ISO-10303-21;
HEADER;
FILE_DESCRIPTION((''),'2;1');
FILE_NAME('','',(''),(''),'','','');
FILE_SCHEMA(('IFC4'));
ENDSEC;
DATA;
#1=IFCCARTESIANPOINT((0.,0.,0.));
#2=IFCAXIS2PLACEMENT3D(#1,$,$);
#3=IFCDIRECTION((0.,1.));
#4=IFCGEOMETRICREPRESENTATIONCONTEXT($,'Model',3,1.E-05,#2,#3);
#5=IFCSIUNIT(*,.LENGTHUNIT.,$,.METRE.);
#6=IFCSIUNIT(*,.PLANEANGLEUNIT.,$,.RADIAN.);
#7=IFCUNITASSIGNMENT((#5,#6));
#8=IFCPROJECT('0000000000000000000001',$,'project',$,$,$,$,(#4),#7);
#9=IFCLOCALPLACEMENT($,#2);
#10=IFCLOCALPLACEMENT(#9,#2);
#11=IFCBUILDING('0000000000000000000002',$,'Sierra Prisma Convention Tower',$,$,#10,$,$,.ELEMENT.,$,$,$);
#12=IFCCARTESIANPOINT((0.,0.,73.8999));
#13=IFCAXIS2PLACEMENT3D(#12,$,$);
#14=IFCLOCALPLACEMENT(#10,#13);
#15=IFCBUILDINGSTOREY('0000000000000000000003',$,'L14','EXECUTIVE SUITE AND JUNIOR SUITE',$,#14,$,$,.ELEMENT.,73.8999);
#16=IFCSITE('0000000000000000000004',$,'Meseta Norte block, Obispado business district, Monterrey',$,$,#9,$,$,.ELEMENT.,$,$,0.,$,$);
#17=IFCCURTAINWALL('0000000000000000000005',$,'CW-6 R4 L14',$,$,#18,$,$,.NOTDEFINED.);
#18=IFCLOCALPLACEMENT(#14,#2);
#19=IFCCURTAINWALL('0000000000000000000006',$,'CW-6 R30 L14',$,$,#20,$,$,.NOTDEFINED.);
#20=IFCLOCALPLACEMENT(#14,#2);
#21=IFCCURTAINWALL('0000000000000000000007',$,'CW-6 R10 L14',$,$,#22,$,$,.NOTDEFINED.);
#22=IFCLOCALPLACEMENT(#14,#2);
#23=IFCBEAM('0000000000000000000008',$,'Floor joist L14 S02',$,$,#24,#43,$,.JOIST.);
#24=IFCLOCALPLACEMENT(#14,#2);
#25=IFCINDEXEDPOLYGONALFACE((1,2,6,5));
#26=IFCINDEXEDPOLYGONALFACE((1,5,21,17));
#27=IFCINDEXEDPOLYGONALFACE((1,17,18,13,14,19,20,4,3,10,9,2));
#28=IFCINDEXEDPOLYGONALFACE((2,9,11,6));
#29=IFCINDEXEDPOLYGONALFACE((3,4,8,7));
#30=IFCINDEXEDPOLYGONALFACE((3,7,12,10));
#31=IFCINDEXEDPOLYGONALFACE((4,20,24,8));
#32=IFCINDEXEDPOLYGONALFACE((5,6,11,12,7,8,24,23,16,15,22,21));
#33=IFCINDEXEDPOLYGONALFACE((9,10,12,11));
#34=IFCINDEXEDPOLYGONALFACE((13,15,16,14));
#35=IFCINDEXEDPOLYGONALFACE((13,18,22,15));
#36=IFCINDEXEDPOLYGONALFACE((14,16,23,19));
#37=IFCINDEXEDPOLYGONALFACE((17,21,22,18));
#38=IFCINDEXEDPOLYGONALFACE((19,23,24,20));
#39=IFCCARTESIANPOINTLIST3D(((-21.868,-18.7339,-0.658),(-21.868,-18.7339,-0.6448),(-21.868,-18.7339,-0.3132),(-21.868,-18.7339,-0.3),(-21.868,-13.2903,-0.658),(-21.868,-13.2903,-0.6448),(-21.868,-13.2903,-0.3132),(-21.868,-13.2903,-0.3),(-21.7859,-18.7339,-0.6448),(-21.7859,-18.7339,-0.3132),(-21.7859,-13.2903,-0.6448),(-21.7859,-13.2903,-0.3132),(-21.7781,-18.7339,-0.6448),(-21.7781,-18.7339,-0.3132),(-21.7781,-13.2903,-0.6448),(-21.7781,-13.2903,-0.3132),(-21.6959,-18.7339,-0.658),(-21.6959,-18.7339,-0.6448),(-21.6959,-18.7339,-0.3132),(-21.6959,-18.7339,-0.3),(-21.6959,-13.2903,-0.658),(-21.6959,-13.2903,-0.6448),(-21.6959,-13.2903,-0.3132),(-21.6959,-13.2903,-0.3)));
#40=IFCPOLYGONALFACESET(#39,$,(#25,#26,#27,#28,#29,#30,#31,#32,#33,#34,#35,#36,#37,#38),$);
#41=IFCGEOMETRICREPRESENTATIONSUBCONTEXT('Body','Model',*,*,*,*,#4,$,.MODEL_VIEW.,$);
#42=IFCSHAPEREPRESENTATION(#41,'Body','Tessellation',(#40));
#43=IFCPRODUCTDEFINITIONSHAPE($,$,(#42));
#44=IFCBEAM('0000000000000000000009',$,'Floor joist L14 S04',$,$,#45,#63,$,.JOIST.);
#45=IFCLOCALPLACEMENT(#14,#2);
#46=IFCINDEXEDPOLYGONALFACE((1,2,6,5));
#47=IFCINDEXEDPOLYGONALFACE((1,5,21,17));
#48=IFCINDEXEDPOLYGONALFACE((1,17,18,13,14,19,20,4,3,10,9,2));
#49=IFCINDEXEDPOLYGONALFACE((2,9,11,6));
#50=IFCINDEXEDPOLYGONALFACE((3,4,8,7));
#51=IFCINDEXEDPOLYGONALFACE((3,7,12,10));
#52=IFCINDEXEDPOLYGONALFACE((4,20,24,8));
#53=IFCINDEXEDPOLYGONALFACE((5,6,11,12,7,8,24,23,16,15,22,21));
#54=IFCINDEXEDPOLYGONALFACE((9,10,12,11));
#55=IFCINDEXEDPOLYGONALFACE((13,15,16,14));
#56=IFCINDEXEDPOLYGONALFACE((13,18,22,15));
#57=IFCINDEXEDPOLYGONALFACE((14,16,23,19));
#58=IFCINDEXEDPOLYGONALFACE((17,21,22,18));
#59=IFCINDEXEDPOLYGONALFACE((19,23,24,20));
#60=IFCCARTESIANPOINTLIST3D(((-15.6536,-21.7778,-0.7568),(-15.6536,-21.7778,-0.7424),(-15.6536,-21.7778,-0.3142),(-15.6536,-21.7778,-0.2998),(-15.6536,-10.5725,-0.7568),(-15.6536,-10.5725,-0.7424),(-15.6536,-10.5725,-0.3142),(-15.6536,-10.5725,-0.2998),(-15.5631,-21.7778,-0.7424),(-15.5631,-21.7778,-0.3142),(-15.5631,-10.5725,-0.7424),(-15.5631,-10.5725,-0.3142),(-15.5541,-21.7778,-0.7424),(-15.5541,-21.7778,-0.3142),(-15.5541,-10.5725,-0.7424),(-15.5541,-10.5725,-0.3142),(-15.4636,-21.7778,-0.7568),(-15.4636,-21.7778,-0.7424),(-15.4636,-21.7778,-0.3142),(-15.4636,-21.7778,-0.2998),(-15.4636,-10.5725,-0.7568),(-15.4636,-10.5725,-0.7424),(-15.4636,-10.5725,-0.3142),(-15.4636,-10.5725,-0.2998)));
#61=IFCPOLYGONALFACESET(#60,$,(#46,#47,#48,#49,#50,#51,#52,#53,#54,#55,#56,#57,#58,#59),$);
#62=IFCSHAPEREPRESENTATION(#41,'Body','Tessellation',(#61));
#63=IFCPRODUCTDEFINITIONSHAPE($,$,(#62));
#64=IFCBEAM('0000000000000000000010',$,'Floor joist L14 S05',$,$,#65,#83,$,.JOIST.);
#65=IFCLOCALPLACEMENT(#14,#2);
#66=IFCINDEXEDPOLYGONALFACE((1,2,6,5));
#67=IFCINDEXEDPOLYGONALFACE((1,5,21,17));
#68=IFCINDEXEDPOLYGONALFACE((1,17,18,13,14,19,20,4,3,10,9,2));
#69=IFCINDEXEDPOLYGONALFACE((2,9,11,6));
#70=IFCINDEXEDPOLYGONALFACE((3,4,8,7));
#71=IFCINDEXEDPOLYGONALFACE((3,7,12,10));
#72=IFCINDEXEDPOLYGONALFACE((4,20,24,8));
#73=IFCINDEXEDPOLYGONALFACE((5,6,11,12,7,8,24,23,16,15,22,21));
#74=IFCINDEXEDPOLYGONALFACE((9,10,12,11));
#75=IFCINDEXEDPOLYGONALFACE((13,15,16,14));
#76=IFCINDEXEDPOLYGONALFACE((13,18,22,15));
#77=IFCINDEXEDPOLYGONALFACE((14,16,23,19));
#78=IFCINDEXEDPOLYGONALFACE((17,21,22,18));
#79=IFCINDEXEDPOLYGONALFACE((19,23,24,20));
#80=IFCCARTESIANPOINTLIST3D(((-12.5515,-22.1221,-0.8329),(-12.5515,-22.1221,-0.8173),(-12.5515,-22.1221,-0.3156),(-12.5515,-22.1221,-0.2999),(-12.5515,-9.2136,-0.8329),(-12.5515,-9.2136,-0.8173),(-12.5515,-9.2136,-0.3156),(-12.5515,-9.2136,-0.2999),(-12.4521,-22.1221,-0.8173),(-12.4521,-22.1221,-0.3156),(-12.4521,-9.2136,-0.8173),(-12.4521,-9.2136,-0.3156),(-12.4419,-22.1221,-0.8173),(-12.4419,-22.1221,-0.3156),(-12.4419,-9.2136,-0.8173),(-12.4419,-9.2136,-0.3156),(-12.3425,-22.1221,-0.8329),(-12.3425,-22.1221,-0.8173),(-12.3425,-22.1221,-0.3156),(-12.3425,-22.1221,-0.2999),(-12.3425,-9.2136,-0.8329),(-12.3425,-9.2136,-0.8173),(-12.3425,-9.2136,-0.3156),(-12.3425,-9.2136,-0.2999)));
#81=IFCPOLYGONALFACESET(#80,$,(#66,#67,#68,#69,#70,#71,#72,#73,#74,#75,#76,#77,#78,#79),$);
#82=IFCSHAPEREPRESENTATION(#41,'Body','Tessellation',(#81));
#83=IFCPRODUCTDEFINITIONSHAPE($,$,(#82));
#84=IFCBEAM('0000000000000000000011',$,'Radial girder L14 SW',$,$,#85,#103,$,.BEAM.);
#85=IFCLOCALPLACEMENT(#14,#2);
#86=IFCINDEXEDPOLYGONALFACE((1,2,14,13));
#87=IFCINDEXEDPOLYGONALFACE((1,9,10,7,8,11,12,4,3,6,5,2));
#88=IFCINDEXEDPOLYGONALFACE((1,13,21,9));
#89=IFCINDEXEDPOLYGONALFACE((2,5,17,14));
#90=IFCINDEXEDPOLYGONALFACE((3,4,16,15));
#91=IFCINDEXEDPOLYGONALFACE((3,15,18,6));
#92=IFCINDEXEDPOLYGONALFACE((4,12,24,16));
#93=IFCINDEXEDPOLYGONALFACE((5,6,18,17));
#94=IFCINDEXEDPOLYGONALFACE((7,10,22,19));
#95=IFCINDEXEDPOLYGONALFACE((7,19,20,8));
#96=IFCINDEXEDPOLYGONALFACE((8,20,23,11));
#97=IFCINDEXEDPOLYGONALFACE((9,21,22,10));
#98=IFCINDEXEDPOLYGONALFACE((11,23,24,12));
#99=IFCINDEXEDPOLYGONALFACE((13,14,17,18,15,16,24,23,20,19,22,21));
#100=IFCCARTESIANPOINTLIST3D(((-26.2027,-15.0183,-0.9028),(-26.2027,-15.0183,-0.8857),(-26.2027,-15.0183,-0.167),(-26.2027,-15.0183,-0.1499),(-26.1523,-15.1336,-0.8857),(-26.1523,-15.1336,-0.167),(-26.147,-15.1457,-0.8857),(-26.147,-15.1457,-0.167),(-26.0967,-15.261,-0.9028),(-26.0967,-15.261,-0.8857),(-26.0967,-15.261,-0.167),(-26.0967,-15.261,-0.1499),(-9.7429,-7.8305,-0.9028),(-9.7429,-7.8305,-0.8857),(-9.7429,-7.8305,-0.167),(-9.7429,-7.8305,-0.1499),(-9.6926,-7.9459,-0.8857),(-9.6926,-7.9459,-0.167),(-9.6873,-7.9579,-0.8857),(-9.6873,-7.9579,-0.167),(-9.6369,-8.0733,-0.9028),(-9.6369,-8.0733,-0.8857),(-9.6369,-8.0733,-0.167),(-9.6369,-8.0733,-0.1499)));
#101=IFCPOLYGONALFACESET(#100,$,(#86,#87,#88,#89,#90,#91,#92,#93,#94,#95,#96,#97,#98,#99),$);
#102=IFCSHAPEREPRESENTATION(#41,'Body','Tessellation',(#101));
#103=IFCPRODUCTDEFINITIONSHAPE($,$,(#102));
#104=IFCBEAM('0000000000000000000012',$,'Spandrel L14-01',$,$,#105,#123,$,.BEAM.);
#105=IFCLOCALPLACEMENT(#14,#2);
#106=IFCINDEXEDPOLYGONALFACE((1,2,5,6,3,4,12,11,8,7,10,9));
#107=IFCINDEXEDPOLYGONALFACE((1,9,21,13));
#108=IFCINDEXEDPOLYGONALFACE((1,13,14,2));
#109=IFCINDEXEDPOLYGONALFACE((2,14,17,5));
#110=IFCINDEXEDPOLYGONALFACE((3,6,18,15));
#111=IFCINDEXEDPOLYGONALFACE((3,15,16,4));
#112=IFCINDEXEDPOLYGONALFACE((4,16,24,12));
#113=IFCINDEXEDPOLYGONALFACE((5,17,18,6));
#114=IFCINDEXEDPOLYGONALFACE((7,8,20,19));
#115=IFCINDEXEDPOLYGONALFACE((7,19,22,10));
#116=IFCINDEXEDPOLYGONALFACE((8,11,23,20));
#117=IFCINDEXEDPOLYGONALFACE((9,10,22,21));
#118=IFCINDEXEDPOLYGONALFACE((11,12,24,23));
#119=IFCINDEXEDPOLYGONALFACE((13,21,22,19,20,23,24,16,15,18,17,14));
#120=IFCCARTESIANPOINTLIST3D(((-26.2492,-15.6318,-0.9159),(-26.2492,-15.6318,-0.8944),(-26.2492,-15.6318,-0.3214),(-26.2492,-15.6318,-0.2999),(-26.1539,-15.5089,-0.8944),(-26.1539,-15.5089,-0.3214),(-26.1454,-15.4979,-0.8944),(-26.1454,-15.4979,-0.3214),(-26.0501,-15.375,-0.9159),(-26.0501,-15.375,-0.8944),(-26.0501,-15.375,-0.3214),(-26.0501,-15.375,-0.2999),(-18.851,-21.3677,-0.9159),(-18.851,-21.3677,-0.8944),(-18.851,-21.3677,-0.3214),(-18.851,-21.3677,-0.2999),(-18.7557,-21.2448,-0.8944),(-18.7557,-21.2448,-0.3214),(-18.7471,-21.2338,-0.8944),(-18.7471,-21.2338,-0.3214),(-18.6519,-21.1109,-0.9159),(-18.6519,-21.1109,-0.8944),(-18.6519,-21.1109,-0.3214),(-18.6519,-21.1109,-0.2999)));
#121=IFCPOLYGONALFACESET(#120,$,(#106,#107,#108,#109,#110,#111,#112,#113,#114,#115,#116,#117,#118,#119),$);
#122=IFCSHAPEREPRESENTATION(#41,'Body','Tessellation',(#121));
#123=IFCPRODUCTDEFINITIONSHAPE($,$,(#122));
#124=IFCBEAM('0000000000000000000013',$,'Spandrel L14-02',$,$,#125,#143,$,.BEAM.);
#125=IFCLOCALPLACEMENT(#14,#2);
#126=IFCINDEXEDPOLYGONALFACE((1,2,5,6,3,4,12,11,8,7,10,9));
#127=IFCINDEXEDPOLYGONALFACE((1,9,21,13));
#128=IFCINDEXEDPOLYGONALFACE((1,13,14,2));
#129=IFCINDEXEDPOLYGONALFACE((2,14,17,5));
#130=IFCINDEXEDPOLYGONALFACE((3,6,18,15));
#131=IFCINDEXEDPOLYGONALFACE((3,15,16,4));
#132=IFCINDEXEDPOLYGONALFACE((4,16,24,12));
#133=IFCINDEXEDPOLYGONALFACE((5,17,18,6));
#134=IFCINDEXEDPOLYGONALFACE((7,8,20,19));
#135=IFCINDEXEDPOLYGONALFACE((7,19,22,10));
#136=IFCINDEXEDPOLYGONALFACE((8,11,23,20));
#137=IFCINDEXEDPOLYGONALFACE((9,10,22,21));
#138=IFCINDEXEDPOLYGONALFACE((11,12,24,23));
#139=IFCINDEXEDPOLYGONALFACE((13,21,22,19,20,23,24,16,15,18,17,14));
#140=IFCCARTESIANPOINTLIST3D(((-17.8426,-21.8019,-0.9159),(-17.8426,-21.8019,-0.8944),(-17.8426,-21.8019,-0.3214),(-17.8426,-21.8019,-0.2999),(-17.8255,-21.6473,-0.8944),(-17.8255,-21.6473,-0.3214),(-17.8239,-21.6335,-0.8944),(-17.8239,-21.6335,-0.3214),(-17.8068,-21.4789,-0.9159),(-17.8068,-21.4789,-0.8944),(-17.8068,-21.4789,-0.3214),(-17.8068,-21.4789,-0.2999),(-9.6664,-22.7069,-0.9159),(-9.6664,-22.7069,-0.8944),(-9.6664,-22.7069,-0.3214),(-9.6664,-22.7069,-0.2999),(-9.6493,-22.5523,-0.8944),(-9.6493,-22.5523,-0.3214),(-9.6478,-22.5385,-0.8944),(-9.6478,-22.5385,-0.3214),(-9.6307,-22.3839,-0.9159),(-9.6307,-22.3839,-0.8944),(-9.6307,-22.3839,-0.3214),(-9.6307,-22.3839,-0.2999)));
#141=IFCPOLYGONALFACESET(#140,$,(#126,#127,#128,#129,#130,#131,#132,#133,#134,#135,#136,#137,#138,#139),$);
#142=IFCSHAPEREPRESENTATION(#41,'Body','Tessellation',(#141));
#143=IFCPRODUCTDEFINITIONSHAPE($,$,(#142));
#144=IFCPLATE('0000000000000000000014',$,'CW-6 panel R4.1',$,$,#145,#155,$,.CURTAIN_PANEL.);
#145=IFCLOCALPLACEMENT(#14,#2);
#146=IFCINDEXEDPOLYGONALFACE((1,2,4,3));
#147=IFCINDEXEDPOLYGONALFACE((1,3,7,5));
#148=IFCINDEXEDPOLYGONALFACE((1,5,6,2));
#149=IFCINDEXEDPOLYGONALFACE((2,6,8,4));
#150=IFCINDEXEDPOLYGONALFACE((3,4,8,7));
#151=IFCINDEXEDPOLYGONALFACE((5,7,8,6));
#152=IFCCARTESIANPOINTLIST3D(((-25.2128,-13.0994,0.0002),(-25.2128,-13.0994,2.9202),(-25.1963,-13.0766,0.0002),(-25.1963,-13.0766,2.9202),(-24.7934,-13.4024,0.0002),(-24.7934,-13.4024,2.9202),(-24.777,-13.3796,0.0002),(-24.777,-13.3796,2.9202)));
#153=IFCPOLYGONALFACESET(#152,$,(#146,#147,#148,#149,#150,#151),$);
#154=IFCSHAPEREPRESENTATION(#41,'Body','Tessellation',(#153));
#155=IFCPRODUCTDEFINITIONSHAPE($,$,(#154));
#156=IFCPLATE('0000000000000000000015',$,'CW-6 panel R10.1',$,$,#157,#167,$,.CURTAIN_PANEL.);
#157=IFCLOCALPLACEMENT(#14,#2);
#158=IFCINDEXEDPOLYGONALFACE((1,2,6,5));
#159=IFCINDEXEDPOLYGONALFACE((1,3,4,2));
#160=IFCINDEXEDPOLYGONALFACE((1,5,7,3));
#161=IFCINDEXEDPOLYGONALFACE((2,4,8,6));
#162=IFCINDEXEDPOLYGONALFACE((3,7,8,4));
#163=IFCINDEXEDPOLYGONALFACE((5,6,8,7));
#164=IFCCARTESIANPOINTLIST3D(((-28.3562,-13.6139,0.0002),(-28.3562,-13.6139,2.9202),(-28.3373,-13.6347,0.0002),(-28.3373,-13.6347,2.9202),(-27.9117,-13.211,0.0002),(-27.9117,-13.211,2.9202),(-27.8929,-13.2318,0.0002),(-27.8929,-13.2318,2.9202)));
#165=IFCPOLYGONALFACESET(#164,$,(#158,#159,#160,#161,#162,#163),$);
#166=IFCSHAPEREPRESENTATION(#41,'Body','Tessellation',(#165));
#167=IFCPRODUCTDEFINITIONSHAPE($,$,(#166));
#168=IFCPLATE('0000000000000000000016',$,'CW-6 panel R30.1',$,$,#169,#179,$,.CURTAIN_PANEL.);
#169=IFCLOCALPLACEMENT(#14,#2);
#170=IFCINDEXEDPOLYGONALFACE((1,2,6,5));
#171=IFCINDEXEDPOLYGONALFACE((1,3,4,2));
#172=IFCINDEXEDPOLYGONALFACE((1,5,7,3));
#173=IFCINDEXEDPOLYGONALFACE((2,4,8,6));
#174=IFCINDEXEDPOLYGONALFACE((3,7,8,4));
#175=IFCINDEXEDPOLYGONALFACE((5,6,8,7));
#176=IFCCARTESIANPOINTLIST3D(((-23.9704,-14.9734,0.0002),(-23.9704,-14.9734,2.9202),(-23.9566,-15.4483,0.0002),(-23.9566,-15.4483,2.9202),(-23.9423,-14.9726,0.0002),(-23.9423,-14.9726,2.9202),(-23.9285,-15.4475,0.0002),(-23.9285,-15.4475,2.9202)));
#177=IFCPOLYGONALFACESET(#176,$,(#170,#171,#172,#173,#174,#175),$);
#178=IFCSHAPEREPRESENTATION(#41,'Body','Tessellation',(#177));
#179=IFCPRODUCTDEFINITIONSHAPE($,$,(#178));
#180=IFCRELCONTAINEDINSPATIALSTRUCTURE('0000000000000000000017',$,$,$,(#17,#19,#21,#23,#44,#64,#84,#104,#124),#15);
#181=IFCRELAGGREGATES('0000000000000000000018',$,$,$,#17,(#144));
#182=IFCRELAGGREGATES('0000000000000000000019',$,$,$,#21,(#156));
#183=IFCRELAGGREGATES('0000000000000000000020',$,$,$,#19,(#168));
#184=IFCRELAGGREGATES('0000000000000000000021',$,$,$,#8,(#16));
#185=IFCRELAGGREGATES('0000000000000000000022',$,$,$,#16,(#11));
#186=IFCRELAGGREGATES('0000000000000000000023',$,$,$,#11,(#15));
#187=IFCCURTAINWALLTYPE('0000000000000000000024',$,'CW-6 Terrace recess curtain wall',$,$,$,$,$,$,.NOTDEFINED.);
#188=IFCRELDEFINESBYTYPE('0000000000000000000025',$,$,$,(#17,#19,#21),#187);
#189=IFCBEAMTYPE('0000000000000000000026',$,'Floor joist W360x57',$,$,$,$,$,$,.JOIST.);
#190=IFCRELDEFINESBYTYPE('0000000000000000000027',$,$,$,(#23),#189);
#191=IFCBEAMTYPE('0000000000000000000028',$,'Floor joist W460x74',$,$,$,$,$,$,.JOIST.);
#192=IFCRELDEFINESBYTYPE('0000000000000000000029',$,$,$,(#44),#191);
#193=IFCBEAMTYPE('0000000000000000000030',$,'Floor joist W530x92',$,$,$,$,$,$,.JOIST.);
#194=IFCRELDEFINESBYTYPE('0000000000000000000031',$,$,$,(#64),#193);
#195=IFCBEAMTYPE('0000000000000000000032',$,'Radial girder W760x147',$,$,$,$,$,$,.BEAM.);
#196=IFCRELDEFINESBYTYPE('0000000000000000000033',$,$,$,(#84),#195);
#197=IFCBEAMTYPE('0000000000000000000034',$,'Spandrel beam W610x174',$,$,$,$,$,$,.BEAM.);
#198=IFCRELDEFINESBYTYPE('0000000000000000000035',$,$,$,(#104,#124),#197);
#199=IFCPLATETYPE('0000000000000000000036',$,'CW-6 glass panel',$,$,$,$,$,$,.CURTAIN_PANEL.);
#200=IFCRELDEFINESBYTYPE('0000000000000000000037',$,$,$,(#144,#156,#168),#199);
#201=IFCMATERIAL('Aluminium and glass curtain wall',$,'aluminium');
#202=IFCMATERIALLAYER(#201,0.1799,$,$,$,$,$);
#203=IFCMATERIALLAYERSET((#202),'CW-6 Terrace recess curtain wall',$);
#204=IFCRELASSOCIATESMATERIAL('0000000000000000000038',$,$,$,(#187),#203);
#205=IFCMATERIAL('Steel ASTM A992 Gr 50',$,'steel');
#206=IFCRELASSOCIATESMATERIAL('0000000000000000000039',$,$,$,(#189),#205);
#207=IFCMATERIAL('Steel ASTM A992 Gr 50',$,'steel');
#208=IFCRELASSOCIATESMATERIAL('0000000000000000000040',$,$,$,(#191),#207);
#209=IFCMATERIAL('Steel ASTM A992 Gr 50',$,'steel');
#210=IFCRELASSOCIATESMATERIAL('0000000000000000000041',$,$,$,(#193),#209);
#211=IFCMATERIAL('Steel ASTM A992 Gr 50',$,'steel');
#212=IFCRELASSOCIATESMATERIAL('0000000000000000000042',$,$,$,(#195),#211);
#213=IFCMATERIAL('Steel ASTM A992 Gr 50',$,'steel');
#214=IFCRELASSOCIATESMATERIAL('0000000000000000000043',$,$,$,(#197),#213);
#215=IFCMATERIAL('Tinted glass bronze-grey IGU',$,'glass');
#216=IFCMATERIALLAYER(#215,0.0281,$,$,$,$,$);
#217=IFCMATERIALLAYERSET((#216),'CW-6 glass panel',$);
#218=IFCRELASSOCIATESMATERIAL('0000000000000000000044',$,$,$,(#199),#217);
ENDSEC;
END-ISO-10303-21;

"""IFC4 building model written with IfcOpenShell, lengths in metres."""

from ifc_helpers import new_model, si_unit, direction, frame, origin, origin_2d, place, context, subcontext, project, spatial, rectangle, i_section, extrude, material, layer, layer_set, material_profile, profile_set, type_object, element, aggregate, save


model = new_model("IFC4")

# Units and contexts
model_context = context("Model", 3, precision=1e-05, world=origin(), true_north=direction((0.0, 1.0)))
body_context = subcontext(model_context, "Body", "Model", "MODEL_VIEW")
ifc_project = project(units=[si_unit("LENGTHUNIT", "METRE"), si_unit("PLANEANGLEUNIT", "RADIAN")], contexts=[model_context])

# Site, building, storey
site_placement = place(None, origin())
site = spatial("IfcSite", under=ifc_project, at=site_placement, Name="Meseta Norte block, Obispado business district, Monterrey", CompositionType="ELEMENT", RefElevation=0.0)
building_placement = place(site_placement, origin())
building = spatial("IfcBuilding", under=site, at=building_placement, Name="Sierra Prisma Convention Tower", CompositionType="ELEMENT")
storey_placement = place(building_placement, frame((0.0, 0.0, 73.8999)))
storey = spatial("IfcBuildingStorey", under=building, at=storey_placement, Name="L14", Description="EXECUTIVE SUITE AND JUNIOR SUITE", CompositionType="ELEMENT", Elevation=73.8999)

# Curtain walls
ifc_material_1 = material(Name="Aluminium and glass curtain wall", Category="aluminium")
ifc_layer_1 = layer(ifc_material_1, 0.1799)
ifc_layer_set_1 = layer_set([ifc_layer_1], Name="CW-6 Terrace recess curtain wall")
curtain_wall_type = type_object("IfcCurtainWallType", Name="CW-6 Terrace recess curtain wall", PredefinedType="NOTDEFINED", material=ifc_layer_set_1)
curtain_wall_1_placement = place(storey_placement, origin())
curtain_wall_1 = element("IfcCurtainWall", 1, at=curtain_wall_1_placement, inside=storey, type_object=curtain_wall_type, Name="CW-6 R4 L14", PredefinedType="NOTDEFINED")
curtain_wall_2_placement = place(storey_placement, origin())
curtain_wall_2 = element("IfcCurtainWall", 2, at=curtain_wall_2_placement, inside=storey, type_object=curtain_wall_type, Name="CW-6 R30 L14", PredefinedType="NOTDEFINED")

# Curtain wall
curtain_wall_3_placement = place(storey_placement, origin())
curtain_wall_3 = element("IfcCurtainWall", 3, at=curtain_wall_3_placement, inside=storey, type_object=curtain_wall_type, Name="CW-6 R10 L14", PredefinedType="NOTDEFINED")

# Beams
ifc_material_2 = material(Name="Steel ASTM A992 Gr 50", Category="steel")
ifc_material_profile_1 = material_profile(ifc_material_2, i_section(OverallWidth=0.1721, OverallDepth=0.3579, WebThickness=0.0078, FlangeThickness=0.0132, at=origin_2d()), Name="W360x57")
ifc_profile_set_1 = profile_set([ifc_material_profile_1], Name="Steel ASTM A992 Gr 50")
beam_type_1 = type_object("IfcBeamType", Name="Floor joist W360x57", PredefinedType="JOIST", material=ifc_profile_set_1)
beam_1_placement = place(storey_placement, frame((-21.782, -18.7339, -0.479), z_axis=(0.0, 1.0, 0.0), x_axis=(-1.0, 0.0, 0.0)))
element("IfcBeam", 4, at=beam_1_placement, inside=storey, type_object=beam_type_1, Name="Floor joist L14 S02", PredefinedType="JOIST", context=body_context, shape_type="SweptSolid", body=[
    extrude(i_section(OverallWidth=0.1721, OverallDepth=0.3579, WebThickness=0.0078, FlangeThickness=0.0132, at=origin_2d()), origin(), (0.0, 0.0, 1.0), 5.4436),
])
ifc_material_3 = material(Name="Steel ASTM A992 Gr 50", Category="steel")
ifc_material_profile_2 = material_profile(ifc_material_3, i_section(OverallWidth=0.1899, OverallDepth=0.457, WebThickness=0.009, FlangeThickness=0.0144, at=origin_2d()), Name="W460x74")
ifc_profile_set_2 = profile_set([ifc_material_profile_2], Name="Steel ASTM A992 Gr 50")
beam_type_2 = type_object("IfcBeamType", Name="Floor joist W460x74", PredefinedType="JOIST", material=ifc_profile_set_2)
beam_2_placement = place(storey_placement, frame((-15.5586, -21.7778, -0.5283), z_axis=(0.0, 1.0, 0.0), x_axis=(-1.0, 0.0, 0.0)))
element("IfcBeam", 5, at=beam_2_placement, inside=storey, type_object=beam_type_2, Name="Floor joist L14 S04", PredefinedType="JOIST", context=body_context, shape_type="SweptSolid", body=[
    extrude(i_section(OverallWidth=0.1899, OverallDepth=0.457, WebThickness=0.009, FlangeThickness=0.0144, at=origin_2d()), origin(), (0.0, 0.0, 1.0), 11.2053),
])
ifc_material_4 = material(Name="Steel ASTM A992 Gr 50", Category="steel")
ifc_material_profile_3 = material_profile(ifc_material_4, i_section(OverallWidth=0.209, OverallDepth=0.533, WebThickness=0.0103, FlangeThickness=0.0156, at=origin_2d()), Name="W530x92")
ifc_profile_set_3 = profile_set([ifc_material_profile_3], Name="Steel ASTM A992 Gr 50")
beam_type_3 = type_object("IfcBeamType", Name="Floor joist W530x92", PredefinedType="JOIST", material=ifc_profile_set_3)
beam_3_placement = place(storey_placement, frame((-12.447, -22.1221, -0.5664), z_axis=(0.0, 1.0, 0.0), x_axis=(-1.0, 0.0, 0.0)))
element("IfcBeam", 6, at=beam_3_placement, inside=storey, type_object=beam_type_3, Name="Floor joist L14 S05", PredefinedType="JOIST", context=body_context, shape_type="SweptSolid", body=[
    extrude(i_section(OverallWidth=0.209, OverallDepth=0.533, WebThickness=0.0103, FlangeThickness=0.0156, at=origin_2d()), origin(), (0.0, 0.0, 1.0), 12.9084),
])
ifc_material_5 = material(Name="Steel ASTM A992 Gr 50", Category="steel")
ifc_material_profile_4 = material_profile(ifc_material_5, i_section(OverallWidth=0.2649, OverallDepth=0.7529, WebThickness=0.0132, FlangeThickness=0.0171, at=origin_2d()), Name="W760x147")
ifc_profile_set_4 = profile_set([ifc_material_profile_4], Name="Steel ASTM A992 Gr 50")
beam_type_4 = type_object("IfcBeamType", Name="Radial girder W760x147", PredefinedType="BEAM", material=ifc_profile_set_4)
beam_4_placement = place(storey_placement, frame((-26.1497, -15.1396, -0.5264), z_axis=(0.916431, 0.400193, 0.0), x_axis=(-0.400193, 0.916431, 0.0)))
element("IfcBeam", 7, at=beam_4_placement, inside=storey, type_object=beam_type_4, Name="Radial girder L14 SW", PredefinedType="BEAM", context=body_context, shape_type="SweptSolid", body=[
    extrude(i_section(OverallWidth=0.2649, OverallDepth=0.7529, WebThickness=0.0132, FlangeThickness=0.0171, at=origin_2d()), origin(), (0.0, 0.0, 1.0), 17.9607),
])
ifc_material_6 = material(Name="Steel ASTM A992 Gr 50", Category="steel")
ifc_material_profile_5 = material_profile(ifc_material_6, i_section(OverallWidth=0.325, OverallDepth=0.616, WebThickness=0.0139, FlangeThickness=0.0215, at=origin_2d()), Name="W610x174")
ifc_profile_set_5 = profile_set([ifc_material_profile_5], Name="Steel ASTM A992 Gr 50")
beam_type_5 = type_object("IfcBeamType", Name="Spandrel beam W610x174", PredefinedType="BEAM", material=ifc_profile_set_5)
beam_5_placement = place(storey_placement, frame((-26.1497, -15.5034, -0.6079), z_axis=(0.790299, -0.612721, 0.0), x_axis=(0.612721, 0.790299, 0.0)))
element("IfcBeam", 8, at=beam_5_placement, inside=storey, type_object=beam_type_5, Name="Spandrel L14-01", PredefinedType="BEAM", context=body_context, shape_type="SweptSolid", body=[
    extrude(i_section(OverallWidth=0.325, OverallDepth=0.616, WebThickness=0.0139, FlangeThickness=0.0215, at=origin_2d()), origin(), (0.0, 0.0, 1.0), 9.3613),
])
beam_6_placement = place(storey_placement, frame((-17.8247, -21.6404, -0.6079), z_axis=(0.993929, -0.110021, 0.0), x_axis=(0.110021, 0.993929, 0.0)))
element("IfcBeam", 9, at=beam_6_placement, inside=storey, type_object=beam_type_5, Name="Spandrel L14-02", PredefinedType="BEAM", context=body_context, shape_type="SweptSolid", body=[
    extrude(i_section(OverallWidth=0.325, OverallDepth=0.616, WebThickness=0.0139, FlangeThickness=0.0215, at=origin_2d()), origin(), (0.0, 0.0, 1.0), 8.2261),
])

# Plates
ifc_material_7 = material(Name="Tinted glass bronze-grey IGU", Category="glass")
ifc_layer_2 = layer(ifc_material_7, 0.0281)
ifc_layer_set_2 = layer_set([ifc_layer_2], Name="CW-6 glass panel")
plate_type = type_object("IfcPlateType", Name="CW-6 glass panel", PredefinedType="CURTAIN_PANEL", material=ifc_layer_set_2)
plate_1_placement = place(storey_placement, frame((-24.9949, -13.2395, 0.0002), z_axis=(0.0, 0.0, 1.0), x_axis=(-0.810525, 0.585704, 0.0)))
plate_1 = element("IfcPlate", 10, at=plate_1_placement, type_object=plate_type, Name="CW-6 panel R4.1", PredefinedType="CURTAIN_PANEL", context=body_context, shape_type="SweptSolid", body=[
    extrude(rectangle(XDim=0.5173, YDim=0.0281, at=origin_2d()), origin(), (0.0, 0.0, 1.0), 2.9199),
])
aggregate(curtain_wall_1, [plate_1])
plate_2_placement = place(storey_placement, frame((-28.1245, -13.4229, 0.0002), z_axis=(0.0, 0.0, 1.0), x_axis=(-0.740951, -0.671559, 0.0)))
plate_2 = element("IfcPlate", 11, at=plate_2_placement, type_object=plate_type, Name="CW-6 panel R10.1", PredefinedType="CURTAIN_PANEL", context=body_context, shape_type="SweptSolid", body=[
    extrude(rectangle(XDim=0.5999, YDim=0.0281, at=origin_2d()), origin(), (0.0, 0.0, 1.0), 2.9199),
])
aggregate(curtain_wall_3, [plate_2])
plate_3_placement = place(storey_placement, frame((-23.9495, -15.2104, 0.0002), z_axis=(0.0, 0.0, 1.0), x_axis=(-0.029093, 0.999577, 0.0)))
plate_3 = element("IfcPlate", 12, at=plate_3_placement, type_object=plate_type, Name="CW-6 panel R30.1", PredefinedType="CURTAIN_PANEL", context=body_context, shape_type="SweptSolid", body=[
    extrude(rectangle(XDim=0.4751, YDim=0.0281, at=origin_2d()), origin(), (0.0, 0.0, 1.0), 2.9199),
])
aggregate(curtain_wall_2, [plate_3])

save(model, "model.ifc")
